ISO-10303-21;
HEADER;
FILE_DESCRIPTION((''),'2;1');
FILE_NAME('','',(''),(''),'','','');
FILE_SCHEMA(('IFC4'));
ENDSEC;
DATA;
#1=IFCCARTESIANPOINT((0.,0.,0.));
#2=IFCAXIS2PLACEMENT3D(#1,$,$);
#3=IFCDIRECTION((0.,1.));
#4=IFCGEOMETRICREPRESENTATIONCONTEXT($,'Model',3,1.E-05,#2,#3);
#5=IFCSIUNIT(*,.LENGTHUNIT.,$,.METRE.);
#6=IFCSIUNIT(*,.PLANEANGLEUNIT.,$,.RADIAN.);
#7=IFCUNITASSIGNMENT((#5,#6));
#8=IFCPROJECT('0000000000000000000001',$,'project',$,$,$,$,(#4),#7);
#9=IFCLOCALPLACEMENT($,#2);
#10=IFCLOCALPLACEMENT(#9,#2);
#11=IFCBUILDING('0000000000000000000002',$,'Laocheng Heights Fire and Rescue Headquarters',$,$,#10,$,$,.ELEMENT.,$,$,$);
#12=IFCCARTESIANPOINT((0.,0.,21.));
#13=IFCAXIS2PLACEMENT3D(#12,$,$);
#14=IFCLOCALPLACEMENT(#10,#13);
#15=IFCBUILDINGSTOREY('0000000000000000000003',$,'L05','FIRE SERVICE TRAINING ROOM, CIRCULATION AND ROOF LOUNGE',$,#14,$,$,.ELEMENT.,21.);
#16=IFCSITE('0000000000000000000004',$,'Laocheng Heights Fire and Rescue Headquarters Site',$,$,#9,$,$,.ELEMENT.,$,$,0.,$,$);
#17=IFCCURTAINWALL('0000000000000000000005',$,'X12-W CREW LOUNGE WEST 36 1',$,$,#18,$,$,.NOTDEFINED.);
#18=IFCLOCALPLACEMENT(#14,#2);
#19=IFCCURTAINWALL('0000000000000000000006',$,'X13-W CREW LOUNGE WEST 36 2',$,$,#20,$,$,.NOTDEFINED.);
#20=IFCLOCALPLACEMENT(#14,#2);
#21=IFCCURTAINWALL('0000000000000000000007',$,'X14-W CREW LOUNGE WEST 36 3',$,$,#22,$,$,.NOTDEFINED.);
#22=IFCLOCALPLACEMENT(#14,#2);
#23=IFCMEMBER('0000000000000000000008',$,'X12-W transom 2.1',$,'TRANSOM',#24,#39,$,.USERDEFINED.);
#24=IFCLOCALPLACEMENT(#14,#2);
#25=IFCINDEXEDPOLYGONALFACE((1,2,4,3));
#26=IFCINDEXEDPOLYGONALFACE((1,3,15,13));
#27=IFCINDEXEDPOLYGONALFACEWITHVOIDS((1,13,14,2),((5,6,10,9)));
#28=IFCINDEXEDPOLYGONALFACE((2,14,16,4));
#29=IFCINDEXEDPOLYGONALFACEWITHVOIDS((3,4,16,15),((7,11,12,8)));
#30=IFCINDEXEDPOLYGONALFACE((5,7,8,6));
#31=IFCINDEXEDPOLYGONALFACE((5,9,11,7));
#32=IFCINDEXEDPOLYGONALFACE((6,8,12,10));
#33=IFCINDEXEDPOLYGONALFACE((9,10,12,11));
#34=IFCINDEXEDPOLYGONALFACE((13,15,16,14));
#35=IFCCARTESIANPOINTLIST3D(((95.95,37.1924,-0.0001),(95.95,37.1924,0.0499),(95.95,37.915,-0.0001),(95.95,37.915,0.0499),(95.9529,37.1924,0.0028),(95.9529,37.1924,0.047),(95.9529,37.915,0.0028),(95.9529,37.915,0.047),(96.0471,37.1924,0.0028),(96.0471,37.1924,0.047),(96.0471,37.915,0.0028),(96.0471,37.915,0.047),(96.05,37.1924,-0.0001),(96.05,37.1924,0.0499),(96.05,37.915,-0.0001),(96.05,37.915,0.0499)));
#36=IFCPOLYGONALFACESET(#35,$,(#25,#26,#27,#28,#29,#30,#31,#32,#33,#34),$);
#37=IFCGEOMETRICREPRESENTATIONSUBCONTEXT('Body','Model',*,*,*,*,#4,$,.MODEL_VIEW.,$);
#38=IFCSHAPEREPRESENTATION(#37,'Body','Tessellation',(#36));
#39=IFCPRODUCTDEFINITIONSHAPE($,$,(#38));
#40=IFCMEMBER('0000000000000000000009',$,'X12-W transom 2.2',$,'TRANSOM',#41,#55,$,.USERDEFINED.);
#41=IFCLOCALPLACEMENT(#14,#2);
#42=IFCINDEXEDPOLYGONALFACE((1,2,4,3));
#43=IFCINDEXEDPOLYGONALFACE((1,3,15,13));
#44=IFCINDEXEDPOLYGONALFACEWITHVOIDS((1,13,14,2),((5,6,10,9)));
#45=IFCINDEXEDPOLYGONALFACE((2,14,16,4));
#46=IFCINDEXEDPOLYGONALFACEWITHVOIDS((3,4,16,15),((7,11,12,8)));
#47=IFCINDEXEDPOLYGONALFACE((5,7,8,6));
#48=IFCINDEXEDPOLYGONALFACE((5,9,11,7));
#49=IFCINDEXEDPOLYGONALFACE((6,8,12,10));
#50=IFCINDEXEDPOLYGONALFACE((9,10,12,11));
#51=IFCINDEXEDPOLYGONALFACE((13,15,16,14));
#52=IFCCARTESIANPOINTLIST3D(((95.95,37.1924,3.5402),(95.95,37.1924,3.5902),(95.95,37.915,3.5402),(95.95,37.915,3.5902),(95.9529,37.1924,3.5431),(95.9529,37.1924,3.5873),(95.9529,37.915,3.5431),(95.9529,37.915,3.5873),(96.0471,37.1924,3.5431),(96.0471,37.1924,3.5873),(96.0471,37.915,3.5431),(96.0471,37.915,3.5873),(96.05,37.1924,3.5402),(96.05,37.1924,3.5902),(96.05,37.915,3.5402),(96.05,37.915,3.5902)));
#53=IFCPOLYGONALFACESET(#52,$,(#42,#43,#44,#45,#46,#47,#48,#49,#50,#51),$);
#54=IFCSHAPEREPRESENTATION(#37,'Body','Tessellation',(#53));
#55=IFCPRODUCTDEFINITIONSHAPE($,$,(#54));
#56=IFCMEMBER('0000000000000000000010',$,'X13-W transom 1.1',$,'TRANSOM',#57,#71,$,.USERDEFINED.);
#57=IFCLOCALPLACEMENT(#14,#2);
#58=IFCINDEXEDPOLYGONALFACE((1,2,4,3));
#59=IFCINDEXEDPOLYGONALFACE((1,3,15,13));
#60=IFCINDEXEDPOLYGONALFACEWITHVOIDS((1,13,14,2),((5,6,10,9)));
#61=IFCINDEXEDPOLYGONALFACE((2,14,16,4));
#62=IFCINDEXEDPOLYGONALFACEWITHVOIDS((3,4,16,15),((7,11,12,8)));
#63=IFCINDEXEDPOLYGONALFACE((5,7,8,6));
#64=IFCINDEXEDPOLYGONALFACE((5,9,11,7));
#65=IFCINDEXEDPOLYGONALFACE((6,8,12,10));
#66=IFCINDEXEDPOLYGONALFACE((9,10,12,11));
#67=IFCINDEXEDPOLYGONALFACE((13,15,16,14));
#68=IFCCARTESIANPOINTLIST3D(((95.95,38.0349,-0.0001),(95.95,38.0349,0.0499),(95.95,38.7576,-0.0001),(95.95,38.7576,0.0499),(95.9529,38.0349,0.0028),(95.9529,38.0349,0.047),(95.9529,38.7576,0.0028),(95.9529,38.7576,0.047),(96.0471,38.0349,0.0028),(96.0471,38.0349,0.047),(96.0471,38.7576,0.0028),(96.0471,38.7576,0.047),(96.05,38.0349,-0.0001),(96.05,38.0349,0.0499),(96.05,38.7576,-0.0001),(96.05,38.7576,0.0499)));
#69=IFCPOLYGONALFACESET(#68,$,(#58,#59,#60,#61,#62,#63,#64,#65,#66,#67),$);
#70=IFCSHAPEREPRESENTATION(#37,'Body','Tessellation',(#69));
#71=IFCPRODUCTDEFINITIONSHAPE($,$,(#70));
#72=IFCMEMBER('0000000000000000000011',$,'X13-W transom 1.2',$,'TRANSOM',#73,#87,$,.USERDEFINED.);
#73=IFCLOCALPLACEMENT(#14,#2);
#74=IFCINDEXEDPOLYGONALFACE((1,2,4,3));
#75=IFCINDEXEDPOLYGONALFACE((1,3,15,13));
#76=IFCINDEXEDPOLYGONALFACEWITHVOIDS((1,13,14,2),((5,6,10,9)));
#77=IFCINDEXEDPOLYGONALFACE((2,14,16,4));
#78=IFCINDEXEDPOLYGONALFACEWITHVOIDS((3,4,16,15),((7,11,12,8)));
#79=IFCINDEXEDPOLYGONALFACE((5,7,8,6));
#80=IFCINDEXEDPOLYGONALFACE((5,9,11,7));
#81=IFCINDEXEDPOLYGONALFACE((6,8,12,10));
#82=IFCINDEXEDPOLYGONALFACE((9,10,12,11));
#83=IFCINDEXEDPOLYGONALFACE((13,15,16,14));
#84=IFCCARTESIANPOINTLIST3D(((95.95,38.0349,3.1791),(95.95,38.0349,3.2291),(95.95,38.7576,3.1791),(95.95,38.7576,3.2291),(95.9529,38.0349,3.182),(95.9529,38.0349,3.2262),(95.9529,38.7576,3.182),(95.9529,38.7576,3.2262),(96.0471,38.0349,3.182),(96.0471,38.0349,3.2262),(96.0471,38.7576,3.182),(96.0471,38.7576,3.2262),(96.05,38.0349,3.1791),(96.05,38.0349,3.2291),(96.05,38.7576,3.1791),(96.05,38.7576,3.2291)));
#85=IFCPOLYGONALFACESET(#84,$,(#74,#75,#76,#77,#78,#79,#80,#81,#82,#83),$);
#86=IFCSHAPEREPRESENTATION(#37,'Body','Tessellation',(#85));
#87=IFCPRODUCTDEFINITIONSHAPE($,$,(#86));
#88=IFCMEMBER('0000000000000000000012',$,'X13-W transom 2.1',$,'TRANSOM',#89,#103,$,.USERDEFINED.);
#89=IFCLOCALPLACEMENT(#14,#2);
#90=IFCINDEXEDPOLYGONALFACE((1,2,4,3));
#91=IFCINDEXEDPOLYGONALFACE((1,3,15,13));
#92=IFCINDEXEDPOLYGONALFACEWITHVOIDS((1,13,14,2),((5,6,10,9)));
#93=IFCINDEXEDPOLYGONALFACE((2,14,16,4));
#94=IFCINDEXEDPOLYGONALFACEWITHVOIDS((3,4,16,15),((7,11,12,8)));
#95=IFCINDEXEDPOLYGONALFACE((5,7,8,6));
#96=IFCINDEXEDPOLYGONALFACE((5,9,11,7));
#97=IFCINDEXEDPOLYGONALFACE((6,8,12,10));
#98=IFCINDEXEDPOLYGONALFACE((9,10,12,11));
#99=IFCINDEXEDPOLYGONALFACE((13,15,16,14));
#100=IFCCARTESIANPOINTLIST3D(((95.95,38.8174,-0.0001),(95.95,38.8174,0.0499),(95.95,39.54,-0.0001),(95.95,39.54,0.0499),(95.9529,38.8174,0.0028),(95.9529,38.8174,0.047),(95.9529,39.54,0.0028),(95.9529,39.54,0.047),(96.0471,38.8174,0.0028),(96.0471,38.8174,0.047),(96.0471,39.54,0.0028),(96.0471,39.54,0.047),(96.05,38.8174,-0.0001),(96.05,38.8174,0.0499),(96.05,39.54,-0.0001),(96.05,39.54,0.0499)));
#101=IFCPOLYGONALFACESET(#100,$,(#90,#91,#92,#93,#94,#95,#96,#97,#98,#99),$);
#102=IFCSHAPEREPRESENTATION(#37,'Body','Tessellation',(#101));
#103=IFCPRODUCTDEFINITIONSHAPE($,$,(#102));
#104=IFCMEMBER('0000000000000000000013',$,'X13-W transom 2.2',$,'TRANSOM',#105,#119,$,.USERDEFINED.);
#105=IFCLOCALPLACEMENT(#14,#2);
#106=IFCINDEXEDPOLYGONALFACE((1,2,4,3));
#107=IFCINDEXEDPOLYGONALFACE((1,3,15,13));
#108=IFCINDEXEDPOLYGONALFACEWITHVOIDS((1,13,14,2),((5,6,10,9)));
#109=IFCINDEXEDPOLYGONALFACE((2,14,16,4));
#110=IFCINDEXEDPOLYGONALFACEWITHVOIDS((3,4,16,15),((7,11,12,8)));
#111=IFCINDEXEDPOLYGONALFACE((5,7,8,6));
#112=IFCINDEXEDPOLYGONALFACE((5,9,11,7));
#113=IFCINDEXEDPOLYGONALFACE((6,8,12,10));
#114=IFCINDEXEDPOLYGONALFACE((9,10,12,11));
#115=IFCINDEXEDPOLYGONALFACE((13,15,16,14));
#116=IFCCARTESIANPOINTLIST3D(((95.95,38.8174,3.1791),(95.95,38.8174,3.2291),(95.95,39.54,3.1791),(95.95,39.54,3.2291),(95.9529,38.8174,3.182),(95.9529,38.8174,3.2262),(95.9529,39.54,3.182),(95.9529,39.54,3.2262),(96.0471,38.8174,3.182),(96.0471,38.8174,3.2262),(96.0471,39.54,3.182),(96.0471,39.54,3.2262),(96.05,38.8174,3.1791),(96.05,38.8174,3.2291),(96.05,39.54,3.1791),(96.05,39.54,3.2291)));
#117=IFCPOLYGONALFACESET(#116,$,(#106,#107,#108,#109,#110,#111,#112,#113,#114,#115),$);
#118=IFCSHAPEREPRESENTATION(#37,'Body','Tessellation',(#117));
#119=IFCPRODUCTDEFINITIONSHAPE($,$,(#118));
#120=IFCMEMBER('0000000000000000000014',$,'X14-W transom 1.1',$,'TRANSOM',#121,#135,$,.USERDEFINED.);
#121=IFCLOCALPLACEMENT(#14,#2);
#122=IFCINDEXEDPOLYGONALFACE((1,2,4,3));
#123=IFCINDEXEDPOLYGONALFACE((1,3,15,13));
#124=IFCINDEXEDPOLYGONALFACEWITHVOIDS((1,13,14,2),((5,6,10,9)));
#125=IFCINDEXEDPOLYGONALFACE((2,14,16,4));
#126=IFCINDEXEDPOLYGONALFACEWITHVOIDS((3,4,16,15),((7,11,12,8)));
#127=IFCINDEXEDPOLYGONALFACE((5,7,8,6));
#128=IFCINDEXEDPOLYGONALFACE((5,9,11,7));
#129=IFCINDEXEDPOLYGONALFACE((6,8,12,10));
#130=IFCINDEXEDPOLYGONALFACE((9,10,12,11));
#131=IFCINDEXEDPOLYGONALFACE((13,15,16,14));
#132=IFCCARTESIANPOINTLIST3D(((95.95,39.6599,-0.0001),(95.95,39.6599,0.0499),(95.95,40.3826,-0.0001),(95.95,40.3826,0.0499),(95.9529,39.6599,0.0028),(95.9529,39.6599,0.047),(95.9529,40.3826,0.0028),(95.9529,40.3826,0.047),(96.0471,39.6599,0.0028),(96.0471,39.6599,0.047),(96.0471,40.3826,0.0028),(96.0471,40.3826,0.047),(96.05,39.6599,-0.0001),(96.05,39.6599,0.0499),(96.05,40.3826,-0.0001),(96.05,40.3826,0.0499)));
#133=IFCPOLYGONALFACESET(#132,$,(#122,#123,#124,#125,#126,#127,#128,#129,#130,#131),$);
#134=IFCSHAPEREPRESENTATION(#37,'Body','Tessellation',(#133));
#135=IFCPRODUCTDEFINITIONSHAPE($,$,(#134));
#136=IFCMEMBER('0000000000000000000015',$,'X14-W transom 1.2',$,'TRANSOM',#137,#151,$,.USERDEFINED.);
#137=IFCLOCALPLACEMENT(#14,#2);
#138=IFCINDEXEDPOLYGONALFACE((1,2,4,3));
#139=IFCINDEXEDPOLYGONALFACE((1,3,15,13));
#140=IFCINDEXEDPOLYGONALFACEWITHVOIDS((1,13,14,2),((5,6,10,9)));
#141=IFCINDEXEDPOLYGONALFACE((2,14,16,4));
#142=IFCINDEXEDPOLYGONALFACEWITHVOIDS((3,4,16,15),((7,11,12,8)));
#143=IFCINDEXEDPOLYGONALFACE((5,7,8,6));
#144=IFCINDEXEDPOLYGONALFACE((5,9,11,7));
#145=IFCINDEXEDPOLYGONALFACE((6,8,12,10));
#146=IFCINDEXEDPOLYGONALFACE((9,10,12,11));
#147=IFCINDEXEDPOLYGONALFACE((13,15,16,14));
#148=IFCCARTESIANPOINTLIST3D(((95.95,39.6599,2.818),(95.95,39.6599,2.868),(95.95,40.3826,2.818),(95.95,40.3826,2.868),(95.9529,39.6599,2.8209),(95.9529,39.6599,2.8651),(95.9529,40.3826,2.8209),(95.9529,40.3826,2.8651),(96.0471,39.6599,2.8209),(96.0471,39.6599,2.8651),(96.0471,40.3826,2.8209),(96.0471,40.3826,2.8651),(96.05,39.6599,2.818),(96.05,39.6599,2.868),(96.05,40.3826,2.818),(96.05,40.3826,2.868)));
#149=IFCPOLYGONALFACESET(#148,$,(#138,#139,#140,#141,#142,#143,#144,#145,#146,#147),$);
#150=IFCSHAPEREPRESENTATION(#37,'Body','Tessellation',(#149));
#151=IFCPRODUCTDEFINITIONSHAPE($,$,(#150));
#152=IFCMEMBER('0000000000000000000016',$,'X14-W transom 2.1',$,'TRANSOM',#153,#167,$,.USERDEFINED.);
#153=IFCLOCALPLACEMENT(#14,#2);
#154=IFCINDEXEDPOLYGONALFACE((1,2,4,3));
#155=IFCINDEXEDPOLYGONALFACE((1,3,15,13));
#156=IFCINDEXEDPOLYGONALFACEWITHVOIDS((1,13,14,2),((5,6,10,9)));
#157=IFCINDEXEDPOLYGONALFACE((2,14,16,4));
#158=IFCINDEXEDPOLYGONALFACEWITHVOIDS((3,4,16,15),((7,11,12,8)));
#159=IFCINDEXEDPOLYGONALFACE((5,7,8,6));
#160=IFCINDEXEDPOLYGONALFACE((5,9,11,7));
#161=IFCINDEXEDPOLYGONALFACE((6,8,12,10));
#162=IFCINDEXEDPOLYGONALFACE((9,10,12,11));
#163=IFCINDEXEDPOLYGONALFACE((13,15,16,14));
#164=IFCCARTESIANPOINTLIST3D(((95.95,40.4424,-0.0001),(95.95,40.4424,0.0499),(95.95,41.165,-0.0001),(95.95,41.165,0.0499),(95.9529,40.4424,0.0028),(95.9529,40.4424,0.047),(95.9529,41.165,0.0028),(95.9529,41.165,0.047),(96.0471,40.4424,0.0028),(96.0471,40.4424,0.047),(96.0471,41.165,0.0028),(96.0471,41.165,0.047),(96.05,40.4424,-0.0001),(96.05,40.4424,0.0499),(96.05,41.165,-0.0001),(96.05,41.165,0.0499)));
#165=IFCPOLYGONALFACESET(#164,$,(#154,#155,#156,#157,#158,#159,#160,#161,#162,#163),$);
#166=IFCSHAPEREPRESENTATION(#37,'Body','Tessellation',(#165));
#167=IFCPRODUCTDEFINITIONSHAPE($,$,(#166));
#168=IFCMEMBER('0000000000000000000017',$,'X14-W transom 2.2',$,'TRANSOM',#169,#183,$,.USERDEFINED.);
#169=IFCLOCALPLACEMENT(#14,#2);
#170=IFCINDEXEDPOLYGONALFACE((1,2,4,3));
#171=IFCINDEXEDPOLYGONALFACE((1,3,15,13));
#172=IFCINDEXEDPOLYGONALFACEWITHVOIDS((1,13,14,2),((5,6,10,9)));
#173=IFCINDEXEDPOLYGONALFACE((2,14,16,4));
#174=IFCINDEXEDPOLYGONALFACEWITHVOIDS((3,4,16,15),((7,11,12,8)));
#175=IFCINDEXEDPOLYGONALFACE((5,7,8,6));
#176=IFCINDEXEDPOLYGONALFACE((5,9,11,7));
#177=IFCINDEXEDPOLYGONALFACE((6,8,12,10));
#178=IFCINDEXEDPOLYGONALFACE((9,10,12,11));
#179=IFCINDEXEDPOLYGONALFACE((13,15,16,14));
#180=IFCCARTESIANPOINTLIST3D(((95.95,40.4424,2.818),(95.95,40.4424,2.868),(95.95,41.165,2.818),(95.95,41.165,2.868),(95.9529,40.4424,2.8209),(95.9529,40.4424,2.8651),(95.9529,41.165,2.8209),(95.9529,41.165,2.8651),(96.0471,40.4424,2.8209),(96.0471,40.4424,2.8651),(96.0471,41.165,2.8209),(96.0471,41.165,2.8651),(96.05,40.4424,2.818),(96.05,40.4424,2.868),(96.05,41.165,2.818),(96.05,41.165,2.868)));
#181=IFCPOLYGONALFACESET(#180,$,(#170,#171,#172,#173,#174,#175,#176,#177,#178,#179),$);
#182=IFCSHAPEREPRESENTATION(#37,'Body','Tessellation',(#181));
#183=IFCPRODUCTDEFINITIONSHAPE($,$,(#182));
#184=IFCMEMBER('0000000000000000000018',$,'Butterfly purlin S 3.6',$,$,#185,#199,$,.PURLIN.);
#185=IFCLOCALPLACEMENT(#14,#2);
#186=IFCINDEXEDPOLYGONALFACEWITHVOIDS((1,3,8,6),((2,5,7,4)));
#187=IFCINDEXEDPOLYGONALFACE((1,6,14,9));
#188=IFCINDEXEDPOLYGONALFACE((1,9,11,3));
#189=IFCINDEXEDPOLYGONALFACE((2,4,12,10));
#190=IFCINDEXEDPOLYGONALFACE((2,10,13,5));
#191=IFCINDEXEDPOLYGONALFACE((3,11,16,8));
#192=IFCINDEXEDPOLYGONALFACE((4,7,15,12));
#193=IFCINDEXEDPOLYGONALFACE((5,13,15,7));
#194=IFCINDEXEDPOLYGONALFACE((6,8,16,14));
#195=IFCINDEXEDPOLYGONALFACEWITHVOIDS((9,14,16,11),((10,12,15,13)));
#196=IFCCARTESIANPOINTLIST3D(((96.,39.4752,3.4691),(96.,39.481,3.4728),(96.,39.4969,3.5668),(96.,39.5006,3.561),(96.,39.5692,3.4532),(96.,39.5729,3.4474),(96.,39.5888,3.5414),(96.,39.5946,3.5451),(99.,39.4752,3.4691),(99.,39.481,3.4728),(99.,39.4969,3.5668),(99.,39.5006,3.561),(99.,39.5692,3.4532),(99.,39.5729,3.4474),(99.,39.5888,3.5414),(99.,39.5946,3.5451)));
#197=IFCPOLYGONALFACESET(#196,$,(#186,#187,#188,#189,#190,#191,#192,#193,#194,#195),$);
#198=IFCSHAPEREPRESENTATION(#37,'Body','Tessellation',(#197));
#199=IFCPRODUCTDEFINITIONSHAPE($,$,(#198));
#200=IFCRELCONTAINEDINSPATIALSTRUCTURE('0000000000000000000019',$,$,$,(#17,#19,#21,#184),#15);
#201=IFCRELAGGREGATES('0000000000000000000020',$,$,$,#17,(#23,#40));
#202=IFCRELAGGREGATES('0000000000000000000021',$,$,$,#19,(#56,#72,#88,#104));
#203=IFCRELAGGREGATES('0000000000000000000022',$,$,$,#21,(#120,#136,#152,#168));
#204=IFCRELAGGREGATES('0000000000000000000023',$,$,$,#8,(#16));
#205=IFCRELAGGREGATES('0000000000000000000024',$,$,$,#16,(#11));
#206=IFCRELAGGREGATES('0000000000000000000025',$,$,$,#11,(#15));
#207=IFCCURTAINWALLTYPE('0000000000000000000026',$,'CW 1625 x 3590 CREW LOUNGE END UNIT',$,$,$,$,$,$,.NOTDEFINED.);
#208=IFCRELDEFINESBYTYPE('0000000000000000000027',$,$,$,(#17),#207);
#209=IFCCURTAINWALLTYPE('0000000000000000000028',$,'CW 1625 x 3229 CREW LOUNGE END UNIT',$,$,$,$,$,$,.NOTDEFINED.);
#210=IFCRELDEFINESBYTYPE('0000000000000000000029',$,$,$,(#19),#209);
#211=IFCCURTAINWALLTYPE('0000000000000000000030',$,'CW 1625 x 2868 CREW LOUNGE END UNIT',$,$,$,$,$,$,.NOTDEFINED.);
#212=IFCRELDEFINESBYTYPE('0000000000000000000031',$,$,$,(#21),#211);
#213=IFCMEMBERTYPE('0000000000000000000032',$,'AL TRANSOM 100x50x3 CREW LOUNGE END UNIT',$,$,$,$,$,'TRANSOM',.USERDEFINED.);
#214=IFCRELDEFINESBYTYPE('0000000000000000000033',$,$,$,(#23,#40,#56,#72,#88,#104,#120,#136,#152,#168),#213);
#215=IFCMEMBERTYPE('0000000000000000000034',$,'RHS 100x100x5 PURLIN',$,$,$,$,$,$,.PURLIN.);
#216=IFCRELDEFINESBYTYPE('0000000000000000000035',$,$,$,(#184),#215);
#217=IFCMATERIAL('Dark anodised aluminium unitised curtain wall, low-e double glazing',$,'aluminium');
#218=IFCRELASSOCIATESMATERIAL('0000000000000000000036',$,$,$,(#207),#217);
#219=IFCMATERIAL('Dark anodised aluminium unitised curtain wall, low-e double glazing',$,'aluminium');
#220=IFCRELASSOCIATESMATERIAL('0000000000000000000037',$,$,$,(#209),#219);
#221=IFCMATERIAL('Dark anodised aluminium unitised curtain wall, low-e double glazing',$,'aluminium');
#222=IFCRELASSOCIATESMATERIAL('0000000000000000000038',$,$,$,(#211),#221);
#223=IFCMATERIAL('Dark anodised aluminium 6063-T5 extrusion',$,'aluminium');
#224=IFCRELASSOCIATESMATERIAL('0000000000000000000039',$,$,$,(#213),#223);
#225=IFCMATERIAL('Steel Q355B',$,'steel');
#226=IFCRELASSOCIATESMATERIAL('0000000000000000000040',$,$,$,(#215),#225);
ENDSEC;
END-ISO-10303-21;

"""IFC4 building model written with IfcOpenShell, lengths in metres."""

from ifc_helpers import new_model, si_unit, direction, frame, origin, origin_2d, place, context, subcontext, project, spatial, hollow_rectangle, extrude, material, material_profile, profile_set, type_object, element, aggregate, save


model = new_model("IFC4")

# Units and contexts
model_context = context("Model", 3, precision=1e-05, world=origin(), true_north=direction((0.0, 1.0)))
body_context = subcontext(model_context, "Body", "Model", "MODEL_VIEW")
ifc_project = project(units=[si_unit("LENGTHUNIT", "METRE"), si_unit("PLANEANGLEUNIT", "RADIAN")], contexts=[model_context])

# Site, building, storey
site_placement = place(None, origin())
site = spatial("IfcSite", under=ifc_project, at=site_placement, Name="Laocheng Heights Fire and Rescue Headquarters Site", CompositionType="ELEMENT", RefElevation=0.0)
building_placement = place(site_placement, origin())
building = spatial("IfcBuilding", under=site, at=building_placement, Name="Laocheng Heights Fire and Rescue Headquarters", CompositionType="ELEMENT")
storey_placement = place(building_placement, frame((0.0, 0.0, 21.0)))
storey = spatial("IfcBuildingStorey", under=building, at=storey_placement, Name="L05", Description="FIRE SERVICE TRAINING ROOM, CIRCULATION AND ROOF LOUNGE", CompositionType="ELEMENT", Elevation=21.0)

# Curtain walls
ifc_material_1 = material(Name="Dark anodised aluminium unitised curtain wall, low-e double glazing", Category="aluminium")
curtain_wall_type_1 = type_object("IfcCurtainWallType", Name="CW 1625 x 3590 CREW LOUNGE END UNIT", PredefinedType="NOTDEFINED", material=ifc_material_1)
curtain_wall_1_placement = place(storey_placement, origin())
curtain_wall_1 = element("IfcCurtainWall", 1, at=curtain_wall_1_placement, inside=storey, type_object=curtain_wall_type_1, Name="X12-W CREW LOUNGE WEST 36 1", PredefinedType="NOTDEFINED")
ifc_material_2 = material(Name="Dark anodised aluminium unitised curtain wall, low-e double glazing", Category="aluminium")
curtain_wall_type_2 = type_object("IfcCurtainWallType", Name="CW 1625 x 3229 CREW LOUNGE END UNIT", PredefinedType="NOTDEFINED", material=ifc_material_2)
curtain_wall_2_placement = place(storey_placement, origin())
curtain_wall_2 = element("IfcCurtainWall", 2, at=curtain_wall_2_placement, inside=storey, type_object=curtain_wall_type_2, Name="X13-W CREW LOUNGE WEST 36 2", PredefinedType="NOTDEFINED")
ifc_material_3 = material(Name="Dark anodised aluminium unitised curtain wall, low-e double glazing", Category="aluminium")
curtain_wall_type_3 = type_object("IfcCurtainWallType", Name="CW 1625 x 2868 CREW LOUNGE END UNIT", PredefinedType="NOTDEFINED", material=ifc_material_3)
curtain_wall_3_placement = place(storey_placement, origin())
curtain_wall_3 = element("IfcCurtainWall", 3, at=curtain_wall_3_placement, inside=storey, type_object=curtain_wall_type_3, Name="X14-W CREW LOUNGE WEST 36 3", PredefinedType="NOTDEFINED")

# Members
ifc_material_4 = material(Name="Dark anodised aluminium 6063-T5 extrusion", Category="aluminium")
ifc_material_profile_1 = material_profile(ifc_material_4, hollow_rectangle(XDim=0.1001, YDim=0.05, WallThickness=0.0029, at=origin_2d()), Name="AL TRANSOM 100x50x3 CREW LOUNGE END UNIT")
ifc_profile_set_1 = profile_set([ifc_material_profile_1], Name="Dark anodised aluminium 6063-T5 extrusion")
member_type_1 = type_object("IfcMemberType", Name="AL TRANSOM 100x50x3 CREW LOUNGE END UNIT", ElementType="TRANSOM", PredefinedType="USERDEFINED", material=ifc_profile_set_1)
member_1_placement = place(storey_placement, frame((96.0, 37.1924, 0.0249), z_axis=(0.0, 1.0, 0.0), x_axis=(-1.0, 0.0, 0.0)))
member_1 = element("IfcMember", 4, at=member_1_placement, type_object=member_type_1, Name="X12-W transom 2.1", ObjectType="TRANSOM", PredefinedType="USERDEFINED", context=body_context, shape_type="SweptSolid", body=[
    extrude(hollow_rectangle(XDim=0.1001, YDim=0.05, WallThickness=0.0029, at=origin_2d()), origin(), (0.0, 0.0, 1.0), 0.7227),
])
member_2_placement = place(storey_placement, frame((96.0, 37.1924, 3.5652), z_axis=(0.0, 1.0, 0.0), x_axis=(-1.0, 0.0, 0.0)))
member_2 = element("IfcMember", 5, at=member_2_placement, type_object=member_type_1, Name="X12-W transom 2.2", ObjectType="TRANSOM", PredefinedType="USERDEFINED", context=body_context, shape_type="SweptSolid", body=[
    extrude(hollow_rectangle(XDim=0.1001, YDim=0.05, WallThickness=0.0029, at=origin_2d()), origin(), (0.0, 0.0, 1.0), 0.7227),
])
member_3_placement = place(storey_placement, frame((96.0, 38.0349, 0.0249), z_axis=(0.0, 1.0, 0.0), x_axis=(-1.0, 0.0, 0.0)))
member_3 = element("IfcMember", 6, at=member_3_placement, type_object=member_type_1, Name="X13-W transom 1.1", ObjectType="TRANSOM", PredefinedType="USERDEFINED", context=body_context, shape_type="SweptSolid", body=[
    extrude(hollow_rectangle(XDim=0.1001, YDim=0.05, WallThickness=0.0029, at=origin_2d()), origin(), (0.0, 0.0, 1.0), 0.7227),
])
member_4_placement = place(storey_placement, frame((96.0, 38.0349, 3.2041), z_axis=(0.0, 1.0, 0.0), x_axis=(-1.0, 0.0, 0.0)))
member_4 = element("IfcMember", 7, at=member_4_placement, type_object=member_type_1, Name="X13-W transom 1.2", ObjectType="TRANSOM", PredefinedType="USERDEFINED", context=body_context, shape_type="SweptSolid", body=[
    extrude(hollow_rectangle(XDim=0.1001, YDim=0.05, WallThickness=0.0029, at=origin_2d()), origin(), (0.0, 0.0, 1.0), 0.7227),
])
member_5_placement = place(storey_placement, frame((96.0, 38.8174, 0.0249), z_axis=(0.0, 1.0, 0.0), x_axis=(-1.0, 0.0, 0.0)))
member_5 = element("IfcMember", 8, at=member_5_placement, type_object=member_type_1, Name="X13-W transom 2.1", ObjectType="TRANSOM", PredefinedType="USERDEFINED", context=body_context, shape_type="SweptSolid", body=[
    extrude(hollow_rectangle(XDim=0.1001, YDim=0.05, WallThickness=0.0029, at=origin_2d()), origin(), (0.0, 0.0, 1.0), 0.7227),
])
member_6_placement = place(storey_placement, frame((96.0, 38.8174, 3.2041), z_axis=(0.0, 1.0, 0.0), x_axis=(-1.0, 0.0, 0.0)))
member_6 = element("IfcMember", 9, at=member_6_placement, type_object=member_type_1, Name="X13-W transom 2.2", ObjectType="TRANSOM", PredefinedType="USERDEFINED", context=body_context, shape_type="SweptSolid", body=[
    extrude(hollow_rectangle(XDim=0.1001, YDim=0.05, WallThickness=0.0029, at=origin_2d()), origin(), (0.0, 0.0, 1.0), 0.7227),
])
member_7_placement = place(storey_placement, frame((96.0, 39.6599, 0.0249), z_axis=(0.0, 1.0, 0.0), x_axis=(-1.0, 0.0, 0.0)))
member_7 = element("IfcMember", 10, at=member_7_placement, type_object=member_type_1, Name="X14-W transom 1.1", ObjectType="TRANSOM", PredefinedType="USERDEFINED", context=body_context, shape_type="SweptSolid", body=[
    extrude(hollow_rectangle(XDim=0.1001, YDim=0.05, WallThickness=0.0029, at=origin_2d()), origin(), (0.0, 0.0, 1.0), 0.7227),
])
member_8_placement = place(storey_placement, frame((96.0, 39.6599, 2.843), z_axis=(0.0, 1.0, 0.0), x_axis=(-1.0, 0.0, 0.0)))
member_8 = element("IfcMember", 11, at=member_8_placement, type_object=member_type_1, Name="X14-W transom 1.2", ObjectType="TRANSOM", PredefinedType="USERDEFINED", context=body_context, shape_type="SweptSolid", body=[
    extrude(hollow_rectangle(XDim=0.1001, YDim=0.05, WallThickness=0.0029, at=origin_2d()), origin(), (0.0, 0.0, 1.0), 0.7227),
])
member_9_placement = place(storey_placement, frame((96.0, 40.4424, 0.0249), z_axis=(0.0, 1.0, 0.0), x_axis=(-1.0, 0.0, 0.0)))
member_9 = element("IfcMember", 12, at=member_9_placement, type_object=member_type_1, Name="X14-W transom 2.1", ObjectType="TRANSOM", PredefinedType="USERDEFINED", context=body_context, shape_type="SweptSolid", body=[
    extrude(hollow_rectangle(XDim=0.1001, YDim=0.05, WallThickness=0.0029, at=origin_2d()), origin(), (0.0, 0.0, 1.0), 0.7227),
])
member_10_placement = place(storey_placement, frame((96.0, 40.4424, 2.843), z_axis=(0.0, 1.0, 0.0), x_axis=(-1.0, 0.0, 0.0)))
member_10 = element("IfcMember", 13, at=member_10_placement, type_object=member_type_1, Name="X14-W transom 2.2", ObjectType="TRANSOM", PredefinedType="USERDEFINED", context=body_context, shape_type="SweptSolid", body=[
    extrude(hollow_rectangle(XDim=0.1001, YDim=0.05, WallThickness=0.0029, at=origin_2d()), origin(), (0.0, 0.0, 1.0), 0.7227),
])

# Member
ifc_material_5 = material(Name="Steel Q355B", Category="steel")
ifc_material_profile_2 = material_profile(ifc_material_5, hollow_rectangle(XDim=0.1001, YDim=0.1001, WallThickness=0.0049, at=origin_2d()), Name="RHS 100x100x5")
ifc_profile_set_2 = profile_set([ifc_material_profile_2], Name="Steel Q355B")
member_type_2 = type_object("IfcMemberType", Name="RHS 100x100x5 PURLIN", PredefinedType="PURLIN", material=ifc_profile_set_2)
for number, where, z_axis, x_axis, name in (
    (14, (96.0, 39.5349, 3.5071), (1.0, 0.0, 0.0), (0.0, 0.976187, -0.21693), "Butterfly purlin S 3.6"),
):
    element("IfcMember", number, at=place(storey_placement, frame(where, z_axis=z_axis, x_axis=x_axis)), inside=storey, type_object=member_type_2, Name=name, PredefinedType="PURLIN", context=body_context, shape_type="SweptSolid", body=[
        extrude(hollow_rectangle(XDim=0.1001, YDim=0.1001, WallThickness=0.0049, at=origin_2d()), origin(), (0.0, 0.0, 1.0), 3.0),
    ])

aggregate(curtain_wall_1, [member_1, member_2])
aggregate(curtain_wall_2, [member_3, member_4, member_5, member_6])
aggregate(curtain_wall_3, [member_7, member_8, member_9, member_10])

save(model, "model.ifc")
